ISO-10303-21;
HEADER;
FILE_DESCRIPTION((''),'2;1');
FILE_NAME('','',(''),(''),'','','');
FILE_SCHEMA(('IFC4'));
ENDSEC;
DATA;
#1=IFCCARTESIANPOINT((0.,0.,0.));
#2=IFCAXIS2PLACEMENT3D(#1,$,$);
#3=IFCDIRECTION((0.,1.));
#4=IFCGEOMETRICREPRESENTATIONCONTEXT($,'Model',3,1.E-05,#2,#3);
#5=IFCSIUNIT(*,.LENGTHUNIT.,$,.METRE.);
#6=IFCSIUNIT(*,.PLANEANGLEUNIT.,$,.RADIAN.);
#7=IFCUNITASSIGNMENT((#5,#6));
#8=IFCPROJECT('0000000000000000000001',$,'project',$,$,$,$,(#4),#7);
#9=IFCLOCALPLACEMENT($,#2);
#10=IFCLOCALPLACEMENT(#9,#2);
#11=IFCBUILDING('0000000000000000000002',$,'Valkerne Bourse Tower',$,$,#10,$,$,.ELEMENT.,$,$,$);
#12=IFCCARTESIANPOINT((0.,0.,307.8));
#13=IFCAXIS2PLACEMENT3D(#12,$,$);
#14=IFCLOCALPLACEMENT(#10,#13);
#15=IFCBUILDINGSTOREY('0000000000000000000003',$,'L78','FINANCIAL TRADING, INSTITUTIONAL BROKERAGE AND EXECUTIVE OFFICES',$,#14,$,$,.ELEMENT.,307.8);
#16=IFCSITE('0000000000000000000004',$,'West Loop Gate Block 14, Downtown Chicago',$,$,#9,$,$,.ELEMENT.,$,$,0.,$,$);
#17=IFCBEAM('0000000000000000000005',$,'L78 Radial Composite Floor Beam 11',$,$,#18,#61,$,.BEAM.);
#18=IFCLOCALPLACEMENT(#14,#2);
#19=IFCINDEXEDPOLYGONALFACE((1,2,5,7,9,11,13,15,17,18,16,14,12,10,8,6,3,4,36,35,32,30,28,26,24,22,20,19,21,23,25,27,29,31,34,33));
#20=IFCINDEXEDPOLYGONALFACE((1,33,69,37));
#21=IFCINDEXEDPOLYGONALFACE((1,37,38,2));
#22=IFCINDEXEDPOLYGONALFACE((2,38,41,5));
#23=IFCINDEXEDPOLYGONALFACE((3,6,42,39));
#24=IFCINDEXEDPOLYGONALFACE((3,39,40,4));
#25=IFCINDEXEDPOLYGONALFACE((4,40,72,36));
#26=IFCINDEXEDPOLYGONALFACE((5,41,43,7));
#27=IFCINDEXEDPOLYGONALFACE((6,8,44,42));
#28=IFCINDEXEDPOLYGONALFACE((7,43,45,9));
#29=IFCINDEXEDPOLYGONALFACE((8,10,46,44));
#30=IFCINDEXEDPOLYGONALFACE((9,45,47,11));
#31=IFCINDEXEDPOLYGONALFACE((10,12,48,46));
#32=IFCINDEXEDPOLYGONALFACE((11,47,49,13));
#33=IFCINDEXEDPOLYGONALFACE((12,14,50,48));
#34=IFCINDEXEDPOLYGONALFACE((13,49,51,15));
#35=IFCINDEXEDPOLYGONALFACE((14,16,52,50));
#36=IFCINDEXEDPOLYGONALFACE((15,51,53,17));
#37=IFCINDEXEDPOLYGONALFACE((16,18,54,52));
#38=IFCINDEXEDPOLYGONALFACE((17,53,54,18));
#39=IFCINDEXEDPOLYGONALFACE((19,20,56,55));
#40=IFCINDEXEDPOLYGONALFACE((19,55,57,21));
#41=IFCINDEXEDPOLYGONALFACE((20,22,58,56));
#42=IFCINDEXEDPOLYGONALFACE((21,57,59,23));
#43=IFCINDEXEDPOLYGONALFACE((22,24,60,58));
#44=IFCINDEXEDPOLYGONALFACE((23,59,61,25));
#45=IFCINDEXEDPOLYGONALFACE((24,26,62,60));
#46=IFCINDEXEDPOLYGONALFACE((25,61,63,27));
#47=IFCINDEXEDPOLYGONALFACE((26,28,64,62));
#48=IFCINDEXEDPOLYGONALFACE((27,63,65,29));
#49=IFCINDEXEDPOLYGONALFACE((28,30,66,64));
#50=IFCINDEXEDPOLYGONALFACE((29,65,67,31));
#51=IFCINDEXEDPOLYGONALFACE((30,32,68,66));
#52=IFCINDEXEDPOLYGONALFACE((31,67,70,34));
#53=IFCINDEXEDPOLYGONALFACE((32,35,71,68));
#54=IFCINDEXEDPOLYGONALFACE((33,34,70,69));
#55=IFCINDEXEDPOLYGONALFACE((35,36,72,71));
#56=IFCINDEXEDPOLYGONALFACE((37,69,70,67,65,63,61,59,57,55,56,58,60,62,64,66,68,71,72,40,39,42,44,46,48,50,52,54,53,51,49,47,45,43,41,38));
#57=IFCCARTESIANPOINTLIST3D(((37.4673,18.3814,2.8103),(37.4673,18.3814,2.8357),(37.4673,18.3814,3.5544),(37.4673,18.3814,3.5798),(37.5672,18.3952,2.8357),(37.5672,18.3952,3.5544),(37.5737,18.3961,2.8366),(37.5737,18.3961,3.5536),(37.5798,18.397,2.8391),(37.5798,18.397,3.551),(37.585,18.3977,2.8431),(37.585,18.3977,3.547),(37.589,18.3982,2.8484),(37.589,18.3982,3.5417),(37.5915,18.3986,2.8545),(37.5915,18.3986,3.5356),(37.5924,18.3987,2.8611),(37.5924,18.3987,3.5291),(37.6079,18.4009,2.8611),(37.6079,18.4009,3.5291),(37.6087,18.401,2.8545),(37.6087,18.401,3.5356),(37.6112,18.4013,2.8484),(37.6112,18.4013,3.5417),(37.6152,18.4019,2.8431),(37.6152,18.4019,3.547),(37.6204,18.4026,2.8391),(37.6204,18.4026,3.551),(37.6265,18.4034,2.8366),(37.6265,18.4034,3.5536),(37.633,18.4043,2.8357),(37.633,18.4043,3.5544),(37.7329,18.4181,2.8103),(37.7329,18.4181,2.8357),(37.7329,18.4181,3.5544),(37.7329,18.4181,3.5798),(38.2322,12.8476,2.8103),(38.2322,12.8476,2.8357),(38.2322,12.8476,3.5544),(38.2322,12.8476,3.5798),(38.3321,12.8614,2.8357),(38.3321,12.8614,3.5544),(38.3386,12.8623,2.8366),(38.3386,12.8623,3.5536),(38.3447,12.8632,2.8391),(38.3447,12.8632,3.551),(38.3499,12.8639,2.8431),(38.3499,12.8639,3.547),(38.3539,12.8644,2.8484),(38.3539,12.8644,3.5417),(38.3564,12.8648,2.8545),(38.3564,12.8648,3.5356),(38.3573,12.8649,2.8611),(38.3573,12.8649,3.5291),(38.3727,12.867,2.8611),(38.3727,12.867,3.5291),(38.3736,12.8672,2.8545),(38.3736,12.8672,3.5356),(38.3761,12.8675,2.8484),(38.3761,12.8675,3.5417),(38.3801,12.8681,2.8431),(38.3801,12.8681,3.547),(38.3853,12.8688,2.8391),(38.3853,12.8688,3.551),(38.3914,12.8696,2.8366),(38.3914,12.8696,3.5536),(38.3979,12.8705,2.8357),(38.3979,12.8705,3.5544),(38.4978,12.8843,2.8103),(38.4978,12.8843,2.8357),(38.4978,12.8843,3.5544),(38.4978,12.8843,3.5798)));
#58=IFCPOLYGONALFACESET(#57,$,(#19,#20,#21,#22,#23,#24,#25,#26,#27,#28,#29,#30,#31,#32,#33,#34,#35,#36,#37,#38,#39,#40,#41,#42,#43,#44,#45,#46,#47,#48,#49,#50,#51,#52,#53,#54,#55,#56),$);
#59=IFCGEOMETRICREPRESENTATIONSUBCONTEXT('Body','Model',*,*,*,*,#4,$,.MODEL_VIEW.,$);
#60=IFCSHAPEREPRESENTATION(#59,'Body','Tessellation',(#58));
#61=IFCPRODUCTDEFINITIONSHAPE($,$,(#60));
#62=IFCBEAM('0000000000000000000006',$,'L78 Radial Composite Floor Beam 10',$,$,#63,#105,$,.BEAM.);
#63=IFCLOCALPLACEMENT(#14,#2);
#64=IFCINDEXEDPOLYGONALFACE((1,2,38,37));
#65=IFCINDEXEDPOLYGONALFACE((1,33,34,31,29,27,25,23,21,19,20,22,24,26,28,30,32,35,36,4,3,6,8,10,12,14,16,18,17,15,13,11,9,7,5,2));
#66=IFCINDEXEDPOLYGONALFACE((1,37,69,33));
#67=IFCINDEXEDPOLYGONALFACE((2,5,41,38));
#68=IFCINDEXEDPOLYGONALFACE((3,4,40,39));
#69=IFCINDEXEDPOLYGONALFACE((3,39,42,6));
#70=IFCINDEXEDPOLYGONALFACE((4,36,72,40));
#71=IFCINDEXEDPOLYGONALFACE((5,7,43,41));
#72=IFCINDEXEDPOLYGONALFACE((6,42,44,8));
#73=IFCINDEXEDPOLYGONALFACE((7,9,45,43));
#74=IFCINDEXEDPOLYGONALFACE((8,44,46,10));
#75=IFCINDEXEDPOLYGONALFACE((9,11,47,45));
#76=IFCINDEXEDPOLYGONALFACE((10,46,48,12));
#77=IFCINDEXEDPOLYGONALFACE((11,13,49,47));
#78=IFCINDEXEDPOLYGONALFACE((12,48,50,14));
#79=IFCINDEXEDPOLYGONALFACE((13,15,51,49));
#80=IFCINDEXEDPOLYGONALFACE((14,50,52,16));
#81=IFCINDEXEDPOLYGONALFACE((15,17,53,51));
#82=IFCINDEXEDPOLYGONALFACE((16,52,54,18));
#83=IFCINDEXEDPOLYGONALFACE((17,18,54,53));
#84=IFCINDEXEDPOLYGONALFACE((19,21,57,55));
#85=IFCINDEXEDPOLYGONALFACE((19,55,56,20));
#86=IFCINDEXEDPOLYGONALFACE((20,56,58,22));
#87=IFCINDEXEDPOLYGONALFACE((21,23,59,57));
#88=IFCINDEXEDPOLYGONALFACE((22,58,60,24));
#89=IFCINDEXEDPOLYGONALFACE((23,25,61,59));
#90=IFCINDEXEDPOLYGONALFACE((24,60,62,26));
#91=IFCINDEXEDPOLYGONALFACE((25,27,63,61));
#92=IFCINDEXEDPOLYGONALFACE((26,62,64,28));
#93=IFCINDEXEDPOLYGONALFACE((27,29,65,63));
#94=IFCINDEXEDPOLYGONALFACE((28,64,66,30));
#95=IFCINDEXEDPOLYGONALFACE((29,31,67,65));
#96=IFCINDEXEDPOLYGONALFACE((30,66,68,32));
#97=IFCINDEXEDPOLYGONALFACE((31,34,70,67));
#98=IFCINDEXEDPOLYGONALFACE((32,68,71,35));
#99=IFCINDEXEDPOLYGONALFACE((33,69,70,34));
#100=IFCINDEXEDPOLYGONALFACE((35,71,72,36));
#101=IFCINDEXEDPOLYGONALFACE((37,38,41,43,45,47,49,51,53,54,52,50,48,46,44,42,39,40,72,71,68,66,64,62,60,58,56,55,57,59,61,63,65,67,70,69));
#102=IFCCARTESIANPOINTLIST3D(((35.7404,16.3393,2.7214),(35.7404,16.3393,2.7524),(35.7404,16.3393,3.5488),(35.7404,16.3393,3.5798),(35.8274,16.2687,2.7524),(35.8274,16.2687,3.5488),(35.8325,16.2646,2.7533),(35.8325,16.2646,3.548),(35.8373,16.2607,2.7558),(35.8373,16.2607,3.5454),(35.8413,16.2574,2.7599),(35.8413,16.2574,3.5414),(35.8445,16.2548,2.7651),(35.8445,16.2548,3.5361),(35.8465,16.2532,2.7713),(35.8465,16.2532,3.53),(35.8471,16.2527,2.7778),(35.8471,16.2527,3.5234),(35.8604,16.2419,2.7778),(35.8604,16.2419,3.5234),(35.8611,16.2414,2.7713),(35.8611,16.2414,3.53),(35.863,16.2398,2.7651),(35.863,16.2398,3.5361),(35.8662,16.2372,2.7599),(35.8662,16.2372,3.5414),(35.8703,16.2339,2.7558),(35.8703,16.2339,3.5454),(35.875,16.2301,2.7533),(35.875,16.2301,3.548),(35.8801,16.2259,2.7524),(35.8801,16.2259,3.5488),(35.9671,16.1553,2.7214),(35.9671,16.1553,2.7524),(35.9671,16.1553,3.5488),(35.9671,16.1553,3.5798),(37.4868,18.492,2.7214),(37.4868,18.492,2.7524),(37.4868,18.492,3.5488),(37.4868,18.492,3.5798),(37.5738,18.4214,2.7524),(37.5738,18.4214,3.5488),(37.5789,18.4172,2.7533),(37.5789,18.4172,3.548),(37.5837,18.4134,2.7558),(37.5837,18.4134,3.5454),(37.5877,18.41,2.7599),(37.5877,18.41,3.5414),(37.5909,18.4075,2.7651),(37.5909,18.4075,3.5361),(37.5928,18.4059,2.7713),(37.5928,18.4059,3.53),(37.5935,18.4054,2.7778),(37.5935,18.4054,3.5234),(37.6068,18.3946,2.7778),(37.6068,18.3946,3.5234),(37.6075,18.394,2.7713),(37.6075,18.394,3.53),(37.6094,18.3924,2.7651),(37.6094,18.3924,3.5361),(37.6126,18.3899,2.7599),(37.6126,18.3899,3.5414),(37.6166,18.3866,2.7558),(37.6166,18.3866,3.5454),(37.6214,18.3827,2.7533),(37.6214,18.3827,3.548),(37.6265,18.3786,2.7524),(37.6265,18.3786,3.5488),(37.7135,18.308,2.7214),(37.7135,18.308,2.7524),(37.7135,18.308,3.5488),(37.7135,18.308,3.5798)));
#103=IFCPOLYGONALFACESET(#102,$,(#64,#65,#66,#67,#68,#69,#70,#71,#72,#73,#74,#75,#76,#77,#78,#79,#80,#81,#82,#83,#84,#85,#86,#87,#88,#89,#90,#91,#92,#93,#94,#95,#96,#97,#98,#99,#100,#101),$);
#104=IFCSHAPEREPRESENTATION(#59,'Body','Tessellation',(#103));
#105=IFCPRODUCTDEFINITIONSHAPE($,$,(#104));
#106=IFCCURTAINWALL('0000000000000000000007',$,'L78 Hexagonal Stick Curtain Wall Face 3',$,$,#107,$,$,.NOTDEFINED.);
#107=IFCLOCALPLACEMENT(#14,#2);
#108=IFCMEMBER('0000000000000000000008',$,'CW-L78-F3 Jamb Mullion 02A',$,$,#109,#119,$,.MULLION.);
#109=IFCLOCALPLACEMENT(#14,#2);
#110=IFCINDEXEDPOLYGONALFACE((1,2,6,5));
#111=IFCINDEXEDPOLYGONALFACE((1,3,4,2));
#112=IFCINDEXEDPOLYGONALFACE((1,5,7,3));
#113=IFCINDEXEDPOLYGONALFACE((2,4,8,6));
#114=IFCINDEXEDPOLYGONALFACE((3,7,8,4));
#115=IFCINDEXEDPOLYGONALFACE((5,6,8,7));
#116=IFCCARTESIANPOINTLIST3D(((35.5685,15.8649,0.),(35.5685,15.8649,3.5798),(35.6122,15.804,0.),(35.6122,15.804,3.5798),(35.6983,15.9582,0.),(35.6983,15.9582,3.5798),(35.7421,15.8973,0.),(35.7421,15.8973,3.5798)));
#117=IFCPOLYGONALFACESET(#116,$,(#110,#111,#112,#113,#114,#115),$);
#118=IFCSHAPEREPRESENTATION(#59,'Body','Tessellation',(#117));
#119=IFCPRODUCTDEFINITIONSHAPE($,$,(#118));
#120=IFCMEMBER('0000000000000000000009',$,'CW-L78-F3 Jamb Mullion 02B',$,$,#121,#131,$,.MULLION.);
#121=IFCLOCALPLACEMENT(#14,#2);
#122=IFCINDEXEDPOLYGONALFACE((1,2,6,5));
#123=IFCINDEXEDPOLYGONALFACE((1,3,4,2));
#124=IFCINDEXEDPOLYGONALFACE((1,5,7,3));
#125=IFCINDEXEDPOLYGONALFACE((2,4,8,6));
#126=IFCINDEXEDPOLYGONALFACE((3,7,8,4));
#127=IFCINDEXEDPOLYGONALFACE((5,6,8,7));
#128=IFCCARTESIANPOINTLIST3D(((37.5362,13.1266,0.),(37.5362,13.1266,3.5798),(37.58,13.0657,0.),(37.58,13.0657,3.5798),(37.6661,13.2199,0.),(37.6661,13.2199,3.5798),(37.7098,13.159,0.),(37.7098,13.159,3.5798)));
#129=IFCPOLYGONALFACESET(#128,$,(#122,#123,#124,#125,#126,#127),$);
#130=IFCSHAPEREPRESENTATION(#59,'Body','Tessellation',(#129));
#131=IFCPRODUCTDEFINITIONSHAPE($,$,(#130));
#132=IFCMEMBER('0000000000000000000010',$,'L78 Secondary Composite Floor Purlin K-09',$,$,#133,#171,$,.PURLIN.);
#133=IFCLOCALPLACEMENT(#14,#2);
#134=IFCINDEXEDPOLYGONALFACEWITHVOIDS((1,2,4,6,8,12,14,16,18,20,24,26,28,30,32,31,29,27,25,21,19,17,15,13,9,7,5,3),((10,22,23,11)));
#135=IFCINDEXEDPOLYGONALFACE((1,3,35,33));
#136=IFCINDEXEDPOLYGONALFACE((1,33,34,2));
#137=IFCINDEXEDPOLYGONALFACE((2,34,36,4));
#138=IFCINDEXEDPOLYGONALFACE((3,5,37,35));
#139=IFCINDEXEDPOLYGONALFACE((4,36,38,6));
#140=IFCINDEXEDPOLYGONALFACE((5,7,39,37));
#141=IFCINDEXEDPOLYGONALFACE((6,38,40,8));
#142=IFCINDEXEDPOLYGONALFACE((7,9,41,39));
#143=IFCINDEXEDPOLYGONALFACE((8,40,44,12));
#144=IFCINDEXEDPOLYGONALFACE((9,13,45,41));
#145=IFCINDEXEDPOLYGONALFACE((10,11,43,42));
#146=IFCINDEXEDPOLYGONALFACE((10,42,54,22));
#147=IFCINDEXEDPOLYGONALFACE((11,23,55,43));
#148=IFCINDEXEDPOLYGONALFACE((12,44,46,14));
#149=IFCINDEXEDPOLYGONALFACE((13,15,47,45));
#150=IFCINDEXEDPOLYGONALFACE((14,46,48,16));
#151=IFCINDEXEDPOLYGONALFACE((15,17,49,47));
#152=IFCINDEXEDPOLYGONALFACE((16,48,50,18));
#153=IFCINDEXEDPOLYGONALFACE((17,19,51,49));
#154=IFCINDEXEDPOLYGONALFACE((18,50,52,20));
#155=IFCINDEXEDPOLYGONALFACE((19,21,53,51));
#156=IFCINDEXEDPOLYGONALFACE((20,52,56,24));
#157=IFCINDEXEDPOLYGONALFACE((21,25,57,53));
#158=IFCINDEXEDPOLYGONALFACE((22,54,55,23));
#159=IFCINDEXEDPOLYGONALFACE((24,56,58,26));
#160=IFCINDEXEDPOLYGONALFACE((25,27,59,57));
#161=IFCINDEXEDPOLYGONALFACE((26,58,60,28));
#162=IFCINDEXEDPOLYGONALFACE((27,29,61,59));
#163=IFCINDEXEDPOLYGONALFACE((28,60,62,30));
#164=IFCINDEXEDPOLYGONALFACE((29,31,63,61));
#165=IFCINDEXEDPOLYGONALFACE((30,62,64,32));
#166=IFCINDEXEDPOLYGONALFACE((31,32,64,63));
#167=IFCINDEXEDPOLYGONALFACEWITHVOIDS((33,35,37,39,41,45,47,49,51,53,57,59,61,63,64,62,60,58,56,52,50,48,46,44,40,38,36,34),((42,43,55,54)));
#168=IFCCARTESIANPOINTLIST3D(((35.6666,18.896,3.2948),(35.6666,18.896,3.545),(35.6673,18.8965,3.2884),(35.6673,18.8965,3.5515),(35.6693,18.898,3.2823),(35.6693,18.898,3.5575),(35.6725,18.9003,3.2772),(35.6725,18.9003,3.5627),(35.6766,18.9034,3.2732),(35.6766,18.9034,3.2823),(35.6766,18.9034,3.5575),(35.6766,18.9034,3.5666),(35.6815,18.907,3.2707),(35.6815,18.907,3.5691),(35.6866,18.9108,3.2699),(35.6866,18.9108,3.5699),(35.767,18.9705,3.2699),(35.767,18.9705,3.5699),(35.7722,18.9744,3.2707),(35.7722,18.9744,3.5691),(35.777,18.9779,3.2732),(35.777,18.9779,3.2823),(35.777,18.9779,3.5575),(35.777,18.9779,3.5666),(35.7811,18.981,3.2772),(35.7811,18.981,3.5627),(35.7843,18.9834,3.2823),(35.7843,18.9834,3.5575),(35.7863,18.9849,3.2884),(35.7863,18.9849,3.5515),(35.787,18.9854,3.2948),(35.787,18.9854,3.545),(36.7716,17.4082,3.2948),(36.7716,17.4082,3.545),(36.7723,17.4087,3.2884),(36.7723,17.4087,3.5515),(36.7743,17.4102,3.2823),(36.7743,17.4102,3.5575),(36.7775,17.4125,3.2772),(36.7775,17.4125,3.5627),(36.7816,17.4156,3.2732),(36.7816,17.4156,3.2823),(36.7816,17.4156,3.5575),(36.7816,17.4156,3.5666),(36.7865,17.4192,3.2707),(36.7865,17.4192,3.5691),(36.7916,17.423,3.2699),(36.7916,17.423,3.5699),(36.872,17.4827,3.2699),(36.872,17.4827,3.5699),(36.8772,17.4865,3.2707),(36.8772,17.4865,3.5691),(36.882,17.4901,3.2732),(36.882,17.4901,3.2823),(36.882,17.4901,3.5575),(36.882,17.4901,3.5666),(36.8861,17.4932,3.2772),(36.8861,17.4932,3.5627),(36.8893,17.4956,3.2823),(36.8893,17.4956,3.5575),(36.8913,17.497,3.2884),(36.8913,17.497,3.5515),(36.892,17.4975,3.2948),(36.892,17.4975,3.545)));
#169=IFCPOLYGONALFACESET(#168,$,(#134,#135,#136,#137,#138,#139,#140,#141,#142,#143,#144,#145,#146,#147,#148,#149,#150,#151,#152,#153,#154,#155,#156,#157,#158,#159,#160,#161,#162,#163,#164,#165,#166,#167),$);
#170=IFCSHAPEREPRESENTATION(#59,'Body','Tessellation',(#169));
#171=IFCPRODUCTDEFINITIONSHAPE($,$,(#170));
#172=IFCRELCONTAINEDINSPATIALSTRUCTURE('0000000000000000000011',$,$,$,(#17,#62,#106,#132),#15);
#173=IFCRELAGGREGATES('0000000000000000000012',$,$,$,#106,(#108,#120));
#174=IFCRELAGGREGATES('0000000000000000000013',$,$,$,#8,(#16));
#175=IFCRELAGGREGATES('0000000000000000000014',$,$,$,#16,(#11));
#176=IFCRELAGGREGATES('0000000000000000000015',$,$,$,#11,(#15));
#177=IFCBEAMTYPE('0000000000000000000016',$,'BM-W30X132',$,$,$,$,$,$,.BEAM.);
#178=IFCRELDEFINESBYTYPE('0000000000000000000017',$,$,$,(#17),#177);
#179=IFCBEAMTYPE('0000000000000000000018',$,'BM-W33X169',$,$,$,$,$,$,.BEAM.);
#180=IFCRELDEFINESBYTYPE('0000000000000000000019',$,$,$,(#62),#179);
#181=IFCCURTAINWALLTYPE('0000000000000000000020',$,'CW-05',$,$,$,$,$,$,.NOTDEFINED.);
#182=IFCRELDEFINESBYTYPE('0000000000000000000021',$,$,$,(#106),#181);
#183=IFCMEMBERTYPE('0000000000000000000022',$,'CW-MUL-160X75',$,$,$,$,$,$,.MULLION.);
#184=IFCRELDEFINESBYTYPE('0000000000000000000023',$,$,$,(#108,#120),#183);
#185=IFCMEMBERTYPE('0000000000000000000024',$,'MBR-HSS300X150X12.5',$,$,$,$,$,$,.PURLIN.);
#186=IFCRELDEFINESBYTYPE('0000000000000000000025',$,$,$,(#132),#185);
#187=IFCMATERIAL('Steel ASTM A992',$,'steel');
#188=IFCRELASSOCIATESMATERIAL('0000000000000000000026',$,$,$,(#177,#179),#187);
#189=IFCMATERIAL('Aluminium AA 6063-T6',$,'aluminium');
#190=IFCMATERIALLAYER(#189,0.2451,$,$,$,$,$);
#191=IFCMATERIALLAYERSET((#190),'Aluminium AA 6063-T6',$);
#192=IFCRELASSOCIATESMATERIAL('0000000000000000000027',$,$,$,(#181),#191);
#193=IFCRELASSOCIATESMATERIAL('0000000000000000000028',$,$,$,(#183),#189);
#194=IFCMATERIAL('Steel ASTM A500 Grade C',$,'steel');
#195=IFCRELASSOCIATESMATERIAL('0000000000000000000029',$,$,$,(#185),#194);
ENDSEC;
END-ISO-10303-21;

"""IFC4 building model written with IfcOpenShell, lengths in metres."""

from ifc_helpers import new_model, si_unit, direction, frame, origin, origin_2d, place, context, subcontext, project, spatial, rectangle, hollow_rectangle, i_section, extrude, material, layer, layer_set, material_profile, profile_set, type_object, element, aggregate, save


model = new_model("IFC4")

# Units and contexts
model_context = context("Model", 3, precision=1e-05, world=origin(), true_north=direction((0.0, 1.0)))
body_context = subcontext(model_context, "Body", "Model", "MODEL_VIEW")
ifc_project = project(units=[si_unit("LENGTHUNIT", "METRE"), si_unit("PLANEANGLEUNIT", "RADIAN")], contexts=[model_context])

# Site, building, storey
site_placement = place(None, origin())
site = spatial("IfcSite", under=ifc_project, at=site_placement, Name="West Loop Gate Block 14, Downtown Chicago", CompositionType="ELEMENT", RefElevation=0.0)
building_placement = place(site_placement, origin())
building = spatial("IfcBuilding", under=site, at=building_placement, Name="Valkerne Bourse Tower", CompositionType="ELEMENT")
storey_placement = place(building_placement, frame((0.0, 0.0, 307.8)))
storey = spatial("IfcBuildingStorey", under=building, at=storey_placement, Name="L78", Description="FINANCIAL TRADING, INSTITUTIONAL BROKERAGE AND EXECUTIVE OFFICES", CompositionType="ELEMENT", Elevation=307.8)

# Beams
ifc_material_1 = material(Name="Steel ASTM A992", Category="steel")
ifc_material_profile_1 = material_profile(ifc_material_1, i_section(OverallWidth=0.2681, OverallDepth=0.7695, WebThickness=0.0156, FlangeThickness=0.0254, FilletRadius=0.0254, at=origin_2d()), Name="W30X132")
ifc_profile_set_1 = profile_set([ifc_material_profile_1], Name="Steel ASTM A992")
beam_type_1 = type_object("IfcBeamType", Name="BM-W30X132", PredefinedType="BEAM", material=ifc_profile_set_1)
beam_1_placement = place(storey_placement, frame((38.365, 12.866, 3.1951), z_axis=(-0.136917, 0.990583, 0.0), x_axis=(-0.990583, -0.136917, 0.0)))
element("IfcBeam", 1, at=beam_1_placement, inside=storey, type_object=beam_type_1, Name="L78 Radial Composite Floor Beam 11", PredefinedType="BEAM", context=body_context, shape_type="SweptSolid", body=[
    extrude(i_section(OverallWidth=0.2681, OverallDepth=0.7695, WebThickness=0.0156, FlangeThickness=0.0254, FilletRadius=0.0254, at=origin_2d()), origin(), (0.0, 0.0, 1.0), 5.5864),
])
ifc_material_profile_2 = material_profile(ifc_material_1, i_section(OverallWidth=0.292, OverallDepth=0.8584, WebThickness=0.0171, FlangeThickness=0.031, FilletRadius=0.0254, at=origin_2d()), Name="W33X169")
ifc_profile_set_2 = profile_set([ifc_material_profile_2], Name="Steel ASTM A992")
beam_type_2 = type_object("IfcBeamType", Name="BM-W33X169", PredefinedType="BEAM", material=ifc_profile_set_2)
beam_2_placement = place(storey_placement, frame((35.8538, 16.2473, 3.1506), z_axis=(0.630019, 0.77658, 0.0), x_axis=(-0.77658, 0.630019, 0.0)))
element("IfcBeam", 2, at=beam_2_placement, inside=storey, type_object=beam_type_2, Name="L78 Radial Composite Floor Beam 10", PredefinedType="BEAM", context=body_context, shape_type="SweptSolid", body=[
    extrude(i_section(OverallWidth=0.292, OverallDepth=0.8584, WebThickness=0.0171, FlangeThickness=0.031, FilletRadius=0.0254, at=origin_2d()), origin(), (0.0, 0.0, 1.0), 2.772),
])

# Curtain wall, members
ifc_material_2 = material(Name="Aluminium AA 6063-T6", Category="aluminium")
ifc_layer_1 = layer(ifc_material_2, 0.2451)
ifc_layer_set_1 = layer_set([ifc_layer_1], Name="Aluminium AA 6063-T6")
curtain_wall_type = type_object("IfcCurtainWallType", Name="CW-05", PredefinedType="NOTDEFINED", material=ifc_layer_set_1)
curtain_wall_placement = place(storey_placement, origin())
curtain_wall = element("IfcCurtainWall", 3, at=curtain_wall_placement, inside=storey, type_object=curtain_wall_type, Name="L78 Hexagonal Stick Curtain Wall Face 3", PredefinedType="NOTDEFINED")
ifc_material_profile_3 = material_profile(ifc_material_2, rectangle(XDim=0.075, YDim=0.1599, at=origin_2d()), Name="CWM-75X160")
ifc_profile_set_3 = profile_set([ifc_material_profile_3], Name="Aluminium AA 6063-T6")
member_type_1 = type_object("IfcMemberType", Name="CW-MUL-160X75", PredefinedType="MULLION", material=ifc_profile_set_3)
member_1_placement = place(storey_placement, frame((35.6553, 15.8811, 0.0), z_axis=(0.0, 0.0, 1.0), x_axis=(0.583545, -0.812081, 0.0)))
member_1 = element("IfcMember", 4, at=member_1_placement, type_object=member_type_1, Name="CW-L78-F3 Jamb Mullion 02A", PredefinedType="MULLION", context=body_context, shape_type="SweptSolid", body=[
    extrude(rectangle(XDim=0.075, YDim=0.1599, at=origin_2d()), origin(), (0.0, 0.0, 1.0), 3.5798),
])
member_2_placement = place(storey_placement, frame((37.623, 13.1428, 0.0), z_axis=(0.0, 0.0, 1.0), x_axis=(0.583545, -0.812081, 0.0)))
member_2 = element("IfcMember", 5, at=member_2_placement, type_object=member_type_1, Name="CW-L78-F3 Jamb Mullion 02B", PredefinedType="MULLION", context=body_context, shape_type="SweptSolid", body=[
    extrude(rectangle(XDim=0.075, YDim=0.1599, at=origin_2d()), origin(), (0.0, 0.0, 1.0), 3.5798),
])

# Member
ifc_material_3 = material(Name="Steel ASTM A500 Grade C", Category="steel")
ifc_material_profile_4 = material_profile(ifc_material_3, hollow_rectangle(XDim=0.1499, YDim=0.3, WallThickness=0.0125, OuterFilletRadius=0.0249, at=origin_2d()), Name="HSS300X150X12.5")
ifc_profile_set_4 = profile_set([ifc_material_profile_4], Name="Steel ASTM A500 Grade C")
member_type_2 = type_object("IfcMemberType", Name="MBR-HSS300X150X12.5", PredefinedType="PURLIN", material=ifc_profile_set_4)
member_3_placement = place(storey_placement, frame((35.7268, 18.9407, 3.4199), z_axis=(0.596242, -0.802805, 0.0), x_axis=(0.802805, 0.596242, 0.0)))
element("IfcMember", 6, at=member_3_placement, inside=storey, type_object=member_type_2, Name="L78 Secondary Composite Floor Purlin K-09", PredefinedType="PURLIN", context=body_context, shape_type="SweptSolid", body=[
    extrude(hollow_rectangle(XDim=0.1499, YDim=0.3, WallThickness=0.0125, OuterFilletRadius=0.0249, at=origin_2d()), origin(), (0.0, 0.0, 1.0), 1.8533),
])

aggregate(curtain_wall, [member_1, member_2])

save(model, "model.ifc")
